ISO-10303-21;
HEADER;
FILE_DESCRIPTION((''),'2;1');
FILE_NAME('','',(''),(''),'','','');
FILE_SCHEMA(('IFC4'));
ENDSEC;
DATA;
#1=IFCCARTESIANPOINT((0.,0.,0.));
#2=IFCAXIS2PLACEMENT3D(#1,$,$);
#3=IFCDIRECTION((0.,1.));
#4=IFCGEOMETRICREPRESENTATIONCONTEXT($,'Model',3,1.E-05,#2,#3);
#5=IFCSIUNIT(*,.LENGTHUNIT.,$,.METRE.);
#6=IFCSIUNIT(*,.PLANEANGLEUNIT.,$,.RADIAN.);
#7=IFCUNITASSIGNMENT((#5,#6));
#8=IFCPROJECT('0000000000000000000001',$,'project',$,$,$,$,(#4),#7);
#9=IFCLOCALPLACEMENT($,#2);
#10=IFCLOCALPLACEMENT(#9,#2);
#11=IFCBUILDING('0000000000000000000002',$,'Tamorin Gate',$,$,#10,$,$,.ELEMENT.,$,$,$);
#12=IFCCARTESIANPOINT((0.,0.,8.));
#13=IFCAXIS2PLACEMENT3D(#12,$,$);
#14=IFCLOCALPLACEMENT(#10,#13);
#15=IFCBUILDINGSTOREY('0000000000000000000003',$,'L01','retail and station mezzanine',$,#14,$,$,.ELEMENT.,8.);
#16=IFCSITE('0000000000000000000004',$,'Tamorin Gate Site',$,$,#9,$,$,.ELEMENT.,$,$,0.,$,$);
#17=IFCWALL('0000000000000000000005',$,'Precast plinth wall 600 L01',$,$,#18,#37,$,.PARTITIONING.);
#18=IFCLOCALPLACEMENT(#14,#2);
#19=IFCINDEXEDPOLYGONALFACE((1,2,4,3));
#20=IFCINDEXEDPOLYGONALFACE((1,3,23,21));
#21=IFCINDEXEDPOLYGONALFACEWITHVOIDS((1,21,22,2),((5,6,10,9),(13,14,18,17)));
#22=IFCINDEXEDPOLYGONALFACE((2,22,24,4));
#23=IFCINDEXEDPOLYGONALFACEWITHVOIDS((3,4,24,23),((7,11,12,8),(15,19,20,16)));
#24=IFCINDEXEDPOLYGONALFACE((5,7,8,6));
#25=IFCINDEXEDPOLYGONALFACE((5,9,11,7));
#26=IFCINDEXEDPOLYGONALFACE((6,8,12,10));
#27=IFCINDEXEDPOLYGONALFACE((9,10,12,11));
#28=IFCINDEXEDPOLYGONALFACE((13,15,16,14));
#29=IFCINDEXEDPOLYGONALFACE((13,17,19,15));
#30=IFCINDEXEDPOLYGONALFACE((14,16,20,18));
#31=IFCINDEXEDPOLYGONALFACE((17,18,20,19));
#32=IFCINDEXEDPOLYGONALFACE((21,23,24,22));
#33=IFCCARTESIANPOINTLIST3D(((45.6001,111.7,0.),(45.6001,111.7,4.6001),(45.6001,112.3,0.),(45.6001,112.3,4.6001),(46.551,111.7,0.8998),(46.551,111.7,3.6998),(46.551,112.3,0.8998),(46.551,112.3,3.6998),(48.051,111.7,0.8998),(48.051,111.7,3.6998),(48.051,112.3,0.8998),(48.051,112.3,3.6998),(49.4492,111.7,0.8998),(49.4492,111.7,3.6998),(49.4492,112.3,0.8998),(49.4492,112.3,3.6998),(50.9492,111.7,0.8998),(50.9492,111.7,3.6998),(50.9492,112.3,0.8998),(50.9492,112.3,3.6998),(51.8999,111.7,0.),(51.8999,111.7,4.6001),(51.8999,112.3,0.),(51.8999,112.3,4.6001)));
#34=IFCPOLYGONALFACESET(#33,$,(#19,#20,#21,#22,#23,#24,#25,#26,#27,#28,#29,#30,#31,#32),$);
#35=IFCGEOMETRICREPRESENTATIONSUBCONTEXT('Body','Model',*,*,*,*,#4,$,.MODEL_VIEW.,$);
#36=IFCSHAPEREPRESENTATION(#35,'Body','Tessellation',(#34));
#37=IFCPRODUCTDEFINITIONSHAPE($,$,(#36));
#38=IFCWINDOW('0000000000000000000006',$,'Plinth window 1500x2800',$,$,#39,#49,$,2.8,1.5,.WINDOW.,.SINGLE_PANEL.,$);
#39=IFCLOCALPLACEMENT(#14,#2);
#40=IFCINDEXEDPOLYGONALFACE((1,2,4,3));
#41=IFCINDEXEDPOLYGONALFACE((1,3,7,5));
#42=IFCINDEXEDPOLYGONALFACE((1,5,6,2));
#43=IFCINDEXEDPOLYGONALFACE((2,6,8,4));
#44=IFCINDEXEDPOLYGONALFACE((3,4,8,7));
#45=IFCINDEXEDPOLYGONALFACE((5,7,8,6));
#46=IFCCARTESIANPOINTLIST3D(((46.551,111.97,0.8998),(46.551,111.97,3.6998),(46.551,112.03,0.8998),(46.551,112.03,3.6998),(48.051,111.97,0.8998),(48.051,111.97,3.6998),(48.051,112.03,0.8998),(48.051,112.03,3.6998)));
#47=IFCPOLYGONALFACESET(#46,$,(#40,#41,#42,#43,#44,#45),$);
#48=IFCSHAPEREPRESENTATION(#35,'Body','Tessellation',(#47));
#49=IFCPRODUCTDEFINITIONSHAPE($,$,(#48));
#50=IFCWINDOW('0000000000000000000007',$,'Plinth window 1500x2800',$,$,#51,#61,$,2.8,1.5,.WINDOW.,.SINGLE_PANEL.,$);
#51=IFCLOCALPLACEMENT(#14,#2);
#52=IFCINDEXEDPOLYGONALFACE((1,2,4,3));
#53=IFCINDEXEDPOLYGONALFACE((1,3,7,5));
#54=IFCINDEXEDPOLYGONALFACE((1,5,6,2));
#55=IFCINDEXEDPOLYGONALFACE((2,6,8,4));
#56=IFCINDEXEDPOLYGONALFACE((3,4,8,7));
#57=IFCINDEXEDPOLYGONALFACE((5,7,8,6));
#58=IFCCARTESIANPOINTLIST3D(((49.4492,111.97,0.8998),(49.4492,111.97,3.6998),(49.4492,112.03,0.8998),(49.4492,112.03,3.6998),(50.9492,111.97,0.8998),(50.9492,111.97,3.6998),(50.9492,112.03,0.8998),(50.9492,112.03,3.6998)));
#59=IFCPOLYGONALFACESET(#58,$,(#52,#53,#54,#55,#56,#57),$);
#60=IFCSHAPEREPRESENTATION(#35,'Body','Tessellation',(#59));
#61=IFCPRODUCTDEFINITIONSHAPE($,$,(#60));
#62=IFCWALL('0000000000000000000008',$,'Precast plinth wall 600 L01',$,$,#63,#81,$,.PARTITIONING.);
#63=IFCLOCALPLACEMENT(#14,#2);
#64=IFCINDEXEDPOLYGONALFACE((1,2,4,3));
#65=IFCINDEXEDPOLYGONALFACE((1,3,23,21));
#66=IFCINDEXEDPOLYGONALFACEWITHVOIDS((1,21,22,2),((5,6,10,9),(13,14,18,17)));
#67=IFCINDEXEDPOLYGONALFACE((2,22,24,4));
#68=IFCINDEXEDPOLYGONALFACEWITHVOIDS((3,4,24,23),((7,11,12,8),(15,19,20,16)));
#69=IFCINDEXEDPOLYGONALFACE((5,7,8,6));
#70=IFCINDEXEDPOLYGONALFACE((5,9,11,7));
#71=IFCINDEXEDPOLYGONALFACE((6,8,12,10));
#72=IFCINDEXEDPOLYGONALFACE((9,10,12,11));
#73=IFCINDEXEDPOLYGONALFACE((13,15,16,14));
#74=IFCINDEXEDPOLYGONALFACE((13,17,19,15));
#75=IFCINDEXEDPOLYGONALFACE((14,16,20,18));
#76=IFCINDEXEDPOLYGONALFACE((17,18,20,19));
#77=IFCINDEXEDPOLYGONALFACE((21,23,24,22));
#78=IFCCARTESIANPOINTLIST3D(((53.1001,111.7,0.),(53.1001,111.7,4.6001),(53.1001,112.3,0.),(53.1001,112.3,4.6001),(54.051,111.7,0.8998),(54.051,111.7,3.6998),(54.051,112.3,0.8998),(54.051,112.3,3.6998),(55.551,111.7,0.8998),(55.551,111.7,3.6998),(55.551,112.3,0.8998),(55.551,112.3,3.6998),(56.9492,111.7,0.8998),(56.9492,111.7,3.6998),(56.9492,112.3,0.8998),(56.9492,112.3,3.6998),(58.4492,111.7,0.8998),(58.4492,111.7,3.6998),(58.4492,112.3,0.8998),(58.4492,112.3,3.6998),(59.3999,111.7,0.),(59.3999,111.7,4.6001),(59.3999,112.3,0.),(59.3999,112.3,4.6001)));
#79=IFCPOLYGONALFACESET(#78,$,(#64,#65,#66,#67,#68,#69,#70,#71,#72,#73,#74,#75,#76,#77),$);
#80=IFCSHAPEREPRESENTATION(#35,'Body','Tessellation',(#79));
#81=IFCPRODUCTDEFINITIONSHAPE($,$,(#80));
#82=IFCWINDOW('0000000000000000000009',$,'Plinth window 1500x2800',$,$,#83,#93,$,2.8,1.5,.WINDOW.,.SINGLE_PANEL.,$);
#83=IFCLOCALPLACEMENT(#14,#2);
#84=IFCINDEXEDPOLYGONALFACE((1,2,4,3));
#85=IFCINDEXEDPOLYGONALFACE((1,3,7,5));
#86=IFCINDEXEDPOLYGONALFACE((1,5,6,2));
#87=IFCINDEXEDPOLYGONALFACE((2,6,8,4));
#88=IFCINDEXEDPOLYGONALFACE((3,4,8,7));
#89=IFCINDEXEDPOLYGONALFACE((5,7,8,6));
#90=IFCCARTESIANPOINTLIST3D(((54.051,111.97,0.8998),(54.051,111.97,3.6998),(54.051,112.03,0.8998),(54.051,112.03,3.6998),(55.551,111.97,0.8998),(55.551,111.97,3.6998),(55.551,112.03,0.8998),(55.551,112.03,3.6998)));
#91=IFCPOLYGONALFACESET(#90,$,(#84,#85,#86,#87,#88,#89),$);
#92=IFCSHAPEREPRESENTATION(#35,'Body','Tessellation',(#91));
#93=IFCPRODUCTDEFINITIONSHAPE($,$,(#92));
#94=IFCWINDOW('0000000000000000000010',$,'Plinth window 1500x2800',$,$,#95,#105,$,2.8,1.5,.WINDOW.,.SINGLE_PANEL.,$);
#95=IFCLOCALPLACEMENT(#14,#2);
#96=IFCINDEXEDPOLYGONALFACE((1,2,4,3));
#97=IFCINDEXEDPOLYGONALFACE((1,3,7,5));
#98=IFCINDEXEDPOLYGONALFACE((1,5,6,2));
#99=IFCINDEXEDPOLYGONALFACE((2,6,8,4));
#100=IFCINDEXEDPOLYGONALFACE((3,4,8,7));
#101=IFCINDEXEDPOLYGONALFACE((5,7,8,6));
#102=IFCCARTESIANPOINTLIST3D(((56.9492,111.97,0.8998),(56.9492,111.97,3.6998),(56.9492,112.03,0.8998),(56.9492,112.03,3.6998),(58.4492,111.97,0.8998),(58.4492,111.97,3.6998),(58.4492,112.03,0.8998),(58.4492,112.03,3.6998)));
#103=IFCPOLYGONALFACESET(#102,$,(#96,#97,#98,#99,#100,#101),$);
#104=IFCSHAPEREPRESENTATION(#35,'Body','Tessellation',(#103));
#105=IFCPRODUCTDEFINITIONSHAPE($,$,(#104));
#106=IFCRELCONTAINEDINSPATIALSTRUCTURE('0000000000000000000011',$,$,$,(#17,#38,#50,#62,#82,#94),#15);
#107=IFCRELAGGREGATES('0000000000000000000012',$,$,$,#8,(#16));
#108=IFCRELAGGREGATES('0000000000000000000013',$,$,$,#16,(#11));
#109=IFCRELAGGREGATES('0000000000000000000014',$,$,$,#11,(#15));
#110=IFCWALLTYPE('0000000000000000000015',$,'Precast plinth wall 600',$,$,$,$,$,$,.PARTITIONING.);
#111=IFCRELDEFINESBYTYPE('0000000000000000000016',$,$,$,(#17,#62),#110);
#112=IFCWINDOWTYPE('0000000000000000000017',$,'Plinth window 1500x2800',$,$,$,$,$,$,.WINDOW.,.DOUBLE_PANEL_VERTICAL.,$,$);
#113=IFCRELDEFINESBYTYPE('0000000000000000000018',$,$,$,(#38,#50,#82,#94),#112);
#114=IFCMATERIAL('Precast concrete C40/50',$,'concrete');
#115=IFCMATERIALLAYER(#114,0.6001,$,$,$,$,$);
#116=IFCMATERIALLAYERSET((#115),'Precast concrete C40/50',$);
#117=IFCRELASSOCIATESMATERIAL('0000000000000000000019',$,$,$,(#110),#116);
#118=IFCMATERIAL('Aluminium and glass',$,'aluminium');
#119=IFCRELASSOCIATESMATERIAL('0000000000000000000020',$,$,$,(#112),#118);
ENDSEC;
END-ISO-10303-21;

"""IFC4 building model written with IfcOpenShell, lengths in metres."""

from ifc_helpers import new_model, si_unit, direction, frame, frame_2d, origin, place, context, subcontext, project, spatial, rectangle, extrude, material, layer, layer_set, type_object, element, fill, save


model = new_model("IFC4")

# Units and contexts
model_context = context("Model", 3, precision=1e-05, world=origin(), true_north=direction((0.0, 1.0)))
body_context = subcontext(model_context, "Body", "Model", "MODEL_VIEW")
ifc_project = project(units=[si_unit("LENGTHUNIT", "METRE"), si_unit("PLANEANGLEUNIT", "RADIAN")], contexts=[model_context])

# Site, building, storey
site_placement = place(None, origin())
site = spatial("IfcSite", under=ifc_project, at=site_placement, Name="Tamorin Gate Site", CompositionType="ELEMENT", RefElevation=0.0)
building_placement = place(site_placement, origin())
building = spatial("IfcBuilding", under=site, at=building_placement, Name="Tamorin Gate", CompositionType="ELEMENT")
storey_placement = place(building_placement, frame((0.0, 0.0, 8.0)))
storey = spatial("IfcBuildingStorey", under=building, at=storey_placement, Name="L01", Description="retail and station mezzanine", CompositionType="ELEMENT", Elevation=8.0)

# Walls, openings, windows
ifc_material_1 = material(Name="Precast concrete C40/50", Category="concrete")
ifc_layer_1 = layer(ifc_material_1, 0.6001)
ifc_layer_set_1 = layer_set([ifc_layer_1], Name="Precast concrete C40/50")
wall_type_1 = type_object("IfcWallType", Name="Precast plinth wall 600", PredefinedType="PARTITIONING", material=ifc_layer_set_1)
ifc_material_2 = material(Name="Aluminium and glass", Category="aluminium")
window_type = type_object("IfcWindowType", Name="Plinth window 1500x2800", PartitioningType="DOUBLE_PANEL_VERTICAL", PredefinedType="WINDOW", material=ifc_material_2)
wall_1_placement = place(storey_placement, frame((45.6001, 112.0, 0.0), z_axis=(0.0, 0.0, 1.0), x_axis=(1.0, 0.0, 0.0)))
wall_1 = element("IfcWall", 1, at=wall_1_placement, inside=storey, type_object=wall_type_1, Name="Precast plinth wall 600 L01", PredefinedType="PARTITIONING", context=body_context, shape_type="SweptSolid", body=[
    extrude(rectangle(XDim=6.2998, YDim=0.6001, at=frame_2d((3.1499, 0.0))), origin(), (0.0, 0.0, 1.0), 4.6001),
])
opening_1_placement = place(wall_1_placement, frame((0.9509, 0.0, 0.8999)))
opening_1 = element("IfcOpeningElement", 2, at=opening_1_placement, cuts=wall_1, PredefinedType="OPENING", context=body_context, shape_type="SweptSolid", body=[
    extrude(rectangle(XDim=1.5, YDim=2.8, at=frame_2d((0.75, 1.3999))), frame((0.0, 0.3101, 0.0), z_axis=(0.0, -1.0, 0.0), x_axis=(1.0, 0.0, 0.0)), (0.0, 0.0, 1.0), 0.6201),
])
opening_2_placement = place(wall_1_placement, frame((3.8491, 0.0, 0.8999)))
opening_2 = element("IfcOpeningElement", 3, at=opening_2_placement, cuts=wall_1, PredefinedType="OPENING", context=body_context, shape_type="SweptSolid", body=[
    extrude(rectangle(XDim=1.5, YDim=2.8, at=frame_2d((0.75, 1.3999))), frame((0.0, 0.3101, 0.0), z_axis=(0.0, -1.0, 0.0), x_axis=(1.0, 0.0, 0.0)), (0.0, 0.0, 1.0), 0.6201),
])
window_1_placement = place(opening_1_placement, origin())
window_1 = element("IfcWindow", 4, at=window_1_placement, inside=storey, type_object=window_type, Name="Plinth window 1500x2800", OverallHeight=2.8, OverallWidth=1.5, PartitioningType="SINGLE_PANEL", PredefinedType="WINDOW", context=body_context, shape_type="SweptSolid", body=[
    extrude(rectangle(XDim=1.5, YDim=2.8, at=frame_2d((0.75, 1.3999))), frame((0.0, 0.03, 0.0), z_axis=(0.0, -1.0, 0.0), x_axis=(1.0, 0.0, 0.0)), (0.0, 0.0, 1.0), 0.0601),
])
fill(opening_1, window_1)
window_2_placement = place(opening_2_placement, origin())
window_2 = element("IfcWindow", 5, at=window_2_placement, inside=storey, type_object=window_type, Name="Plinth window 1500x2800", OverallHeight=2.8, OverallWidth=1.5, PartitioningType="SINGLE_PANEL", PredefinedType="WINDOW", context=body_context, shape_type="SweptSolid", body=[
    extrude(rectangle(XDim=1.5, YDim=2.8, at=frame_2d((0.75, 1.3999))), frame((0.0, 0.03, 0.0), z_axis=(0.0, -1.0, 0.0), x_axis=(1.0, 0.0, 0.0)), (0.0, 0.0, 1.0), 0.0601),
])
fill(opening_2, window_2)
wall_2_placement = place(storey_placement, frame((53.1001, 112.0, 0.0), z_axis=(0.0, 0.0, 1.0), x_axis=(1.0, 0.0, 0.0)))
wall_2 = element("IfcWall", 6, at=wall_2_placement, inside=storey, type_object=wall_type_1, Name="Precast plinth wall 600 L01", PredefinedType="PARTITIONING", context=body_context, shape_type="SweptSolid", body=[
    extrude(rectangle(XDim=6.2998, YDim=0.6001, at=frame_2d((3.1499, 0.0))), origin(), (0.0, 0.0, 1.0), 4.6001),
])
opening_3_placement = place(wall_2_placement, frame((0.9509, 0.0, 0.8999)))
opening_3 = element("IfcOpeningElement", 7, at=opening_3_placement, cuts=wall_2, PredefinedType="OPENING", context=body_context, shape_type="SweptSolid", body=[
    extrude(rectangle(XDim=1.5, YDim=2.8, at=frame_2d((0.75, 1.3999))), frame((0.0, 0.3101, 0.0), z_axis=(0.0, -1.0, 0.0), x_axis=(1.0, 0.0, 0.0)), (0.0, 0.0, 1.0), 0.6201),
])
opening_4_placement = place(wall_2_placement, frame((3.8491, 0.0, 0.8999)))
opening_4 = element("IfcOpeningElement", 8, at=opening_4_placement, cuts=wall_2, PredefinedType="OPENING", context=body_context, shape_type="SweptSolid", body=[
    extrude(rectangle(XDim=1.5, YDim=2.8, at=frame_2d((0.75, 1.3999))), frame((0.0, 0.3101, 0.0), z_axis=(0.0, -1.0, 0.0), x_axis=(1.0, 0.0, 0.0)), (0.0, 0.0, 1.0), 0.6201),
])
window_3_placement = place(opening_3_placement, origin())
window_3 = element("IfcWindow", 9, at=window_3_placement, inside=storey, type_object=window_type, Name="Plinth window 1500x2800", OverallHeight=2.8, OverallWidth=1.5, PartitioningType="SINGLE_PANEL", PredefinedType="WINDOW", context=body_context, shape_type="SweptSolid", body=[
    extrude(rectangle(XDim=1.5, YDim=2.8, at=frame_2d((0.75, 1.3999))), frame((0.0, 0.03, 0.0), z_axis=(0.0, -1.0, 0.0), x_axis=(1.0, 0.0, 0.0)), (0.0, 0.0, 1.0), 0.0601),
])
fill(opening_3, window_3)
window_4_placement = place(opening_4_placement, origin())
window_4 = element("IfcWindow", 10, at=window_4_placement, inside=storey, type_object=window_type, Name="Plinth window 1500x2800", OverallHeight=2.8, OverallWidth=1.5, PartitioningType="SINGLE_PANEL", PredefinedType="WINDOW", context=body_context, shape_type="SweptSolid", body=[
    extrude(rectangle(XDim=1.5, YDim=2.8, at=frame_2d((0.75, 1.3999))), frame((0.0, 0.03, 0.0), z_axis=(0.0, -1.0, 0.0), x_axis=(1.0, 0.0, 0.0)), (0.0, 0.0, 1.0), 0.0601),
])
fill(opening_4, window_4)

save(model, "model.ifc")
